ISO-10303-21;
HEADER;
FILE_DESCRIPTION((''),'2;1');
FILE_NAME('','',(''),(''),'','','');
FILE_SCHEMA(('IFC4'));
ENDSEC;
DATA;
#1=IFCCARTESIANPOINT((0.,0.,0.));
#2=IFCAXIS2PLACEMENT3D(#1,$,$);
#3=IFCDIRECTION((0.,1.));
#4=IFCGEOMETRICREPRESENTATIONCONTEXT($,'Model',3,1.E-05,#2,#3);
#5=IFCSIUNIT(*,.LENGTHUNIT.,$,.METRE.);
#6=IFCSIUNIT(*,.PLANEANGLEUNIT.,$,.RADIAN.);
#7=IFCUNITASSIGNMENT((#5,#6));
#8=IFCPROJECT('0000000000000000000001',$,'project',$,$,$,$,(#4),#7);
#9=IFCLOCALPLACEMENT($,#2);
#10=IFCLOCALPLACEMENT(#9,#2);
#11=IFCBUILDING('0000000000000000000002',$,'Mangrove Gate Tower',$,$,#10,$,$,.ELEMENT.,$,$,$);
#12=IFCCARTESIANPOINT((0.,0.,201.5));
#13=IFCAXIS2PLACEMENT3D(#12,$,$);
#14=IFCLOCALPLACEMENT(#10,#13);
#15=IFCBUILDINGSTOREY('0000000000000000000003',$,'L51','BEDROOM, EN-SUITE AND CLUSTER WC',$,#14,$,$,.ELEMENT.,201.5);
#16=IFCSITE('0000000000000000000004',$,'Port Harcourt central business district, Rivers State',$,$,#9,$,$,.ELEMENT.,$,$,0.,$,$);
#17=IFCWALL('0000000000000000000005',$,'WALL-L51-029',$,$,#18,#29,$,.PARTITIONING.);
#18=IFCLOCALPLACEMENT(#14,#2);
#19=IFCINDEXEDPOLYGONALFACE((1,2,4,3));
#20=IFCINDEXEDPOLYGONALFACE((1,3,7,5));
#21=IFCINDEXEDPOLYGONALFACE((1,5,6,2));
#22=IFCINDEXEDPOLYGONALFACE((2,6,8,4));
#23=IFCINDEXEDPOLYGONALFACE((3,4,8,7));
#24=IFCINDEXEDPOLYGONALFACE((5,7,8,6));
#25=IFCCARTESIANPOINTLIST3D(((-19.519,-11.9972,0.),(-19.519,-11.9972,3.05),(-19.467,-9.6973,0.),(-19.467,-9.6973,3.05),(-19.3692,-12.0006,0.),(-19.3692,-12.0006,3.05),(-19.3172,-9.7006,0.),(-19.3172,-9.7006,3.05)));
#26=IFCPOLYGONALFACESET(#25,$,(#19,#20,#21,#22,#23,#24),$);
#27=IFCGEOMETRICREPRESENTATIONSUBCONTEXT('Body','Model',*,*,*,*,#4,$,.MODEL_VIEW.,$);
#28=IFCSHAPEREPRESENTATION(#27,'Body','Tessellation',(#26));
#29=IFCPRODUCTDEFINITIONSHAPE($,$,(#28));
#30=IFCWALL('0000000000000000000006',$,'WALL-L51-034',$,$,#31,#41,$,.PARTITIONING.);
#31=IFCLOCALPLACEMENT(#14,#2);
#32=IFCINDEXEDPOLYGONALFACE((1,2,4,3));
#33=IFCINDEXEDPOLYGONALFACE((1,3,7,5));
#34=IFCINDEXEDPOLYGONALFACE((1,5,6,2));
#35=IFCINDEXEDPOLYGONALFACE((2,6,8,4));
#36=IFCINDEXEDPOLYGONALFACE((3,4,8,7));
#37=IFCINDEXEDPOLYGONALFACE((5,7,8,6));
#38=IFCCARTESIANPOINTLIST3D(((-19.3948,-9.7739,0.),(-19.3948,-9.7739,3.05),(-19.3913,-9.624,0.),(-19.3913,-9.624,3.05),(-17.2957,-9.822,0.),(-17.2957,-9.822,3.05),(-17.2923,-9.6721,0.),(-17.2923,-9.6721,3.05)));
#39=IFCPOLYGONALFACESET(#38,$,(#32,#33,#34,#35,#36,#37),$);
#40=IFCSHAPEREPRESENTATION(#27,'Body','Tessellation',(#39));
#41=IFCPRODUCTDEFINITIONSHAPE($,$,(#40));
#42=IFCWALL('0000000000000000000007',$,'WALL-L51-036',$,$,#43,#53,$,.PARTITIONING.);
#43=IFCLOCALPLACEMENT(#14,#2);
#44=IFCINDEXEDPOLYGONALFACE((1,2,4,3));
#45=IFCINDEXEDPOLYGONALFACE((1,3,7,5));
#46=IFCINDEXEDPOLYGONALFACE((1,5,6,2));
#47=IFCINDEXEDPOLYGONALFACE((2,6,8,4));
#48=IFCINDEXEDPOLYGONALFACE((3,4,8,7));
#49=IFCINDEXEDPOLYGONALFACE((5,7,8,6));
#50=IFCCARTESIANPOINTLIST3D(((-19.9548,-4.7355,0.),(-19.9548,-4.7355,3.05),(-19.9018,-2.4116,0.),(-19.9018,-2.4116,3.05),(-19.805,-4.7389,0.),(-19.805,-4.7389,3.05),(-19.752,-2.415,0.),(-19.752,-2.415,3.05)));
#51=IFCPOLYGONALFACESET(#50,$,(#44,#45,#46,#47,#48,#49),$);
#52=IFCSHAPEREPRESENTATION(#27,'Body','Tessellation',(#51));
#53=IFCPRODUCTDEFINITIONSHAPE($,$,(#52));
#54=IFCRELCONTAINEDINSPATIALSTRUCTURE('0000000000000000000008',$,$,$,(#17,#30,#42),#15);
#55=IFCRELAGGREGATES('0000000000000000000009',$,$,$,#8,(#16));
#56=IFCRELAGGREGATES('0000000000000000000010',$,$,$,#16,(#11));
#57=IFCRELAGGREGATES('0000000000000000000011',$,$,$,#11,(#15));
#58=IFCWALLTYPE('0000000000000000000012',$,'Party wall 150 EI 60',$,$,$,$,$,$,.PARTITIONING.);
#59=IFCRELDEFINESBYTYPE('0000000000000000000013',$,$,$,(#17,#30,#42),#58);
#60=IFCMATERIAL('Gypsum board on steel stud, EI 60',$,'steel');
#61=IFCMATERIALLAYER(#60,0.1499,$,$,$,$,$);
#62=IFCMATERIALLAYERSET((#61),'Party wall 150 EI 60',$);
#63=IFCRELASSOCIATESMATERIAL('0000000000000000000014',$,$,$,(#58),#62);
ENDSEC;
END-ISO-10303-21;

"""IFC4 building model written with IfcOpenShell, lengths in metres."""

from ifc_helpers import new_model, si_unit, direction, frame, frame_2d, origin, place, context, subcontext, project, spatial, rectangle, extrude, material, layer, layer_set, type_object, element, save


model = new_model("IFC4")

# Units and contexts
model_context = context("Model", 3, precision=1e-05, world=origin(), true_north=direction((0.0, 1.0)))
body_context = subcontext(model_context, "Body", "Model", "MODEL_VIEW")
ifc_project = project(units=[si_unit("LENGTHUNIT", "METRE"), si_unit("PLANEANGLEUNIT", "RADIAN")], contexts=[model_context])

# Site, building, storey
site_placement = place(None, origin())
site = spatial("IfcSite", under=ifc_project, at=site_placement, Name="Port Harcourt central business district, Rivers State", CompositionType="ELEMENT", RefElevation=0.0)
building_placement = place(site_placement, origin())
building = spatial("IfcBuilding", under=site, at=building_placement, Name="Mangrove Gate Tower", CompositionType="ELEMENT")
storey_placement = place(building_placement, frame((0.0, 0.0, 201.5)))
storey = spatial("IfcBuildingStorey", under=building, at=storey_placement, Name="L51", Description="BEDROOM, EN-SUITE AND CLUSTER WC", CompositionType="ELEMENT", Elevation=201.5)

# Walls
ifc_material_1 = material(Name="Gypsum board on steel stud, EI 60", Category="steel")
ifc_layer_1 = layer(ifc_material_1, 0.1499)
ifc_layer_set_1 = layer_set([ifc_layer_1], Name="Party wall 150 EI 60")
wall_type_1 = type_object("IfcWallType", Name="Party wall 150 EI 60", PredefinedType="PARTITIONING", material=ifc_layer_set_1)
wall_1_placement = place(storey_placement, frame((-19.4441, -11.999, 0.0), z_axis=(0.0, 0.0, 1.0), x_axis=(0.022603, 0.999745, 0.0)))
element("IfcWall", 1, at=wall_1_placement, inside=storey, type_object=wall_type_1, Name="WALL-L51-029", PredefinedType="PARTITIONING", context=body_context, shape_type="SweptSolid", body=[
    extrude(rectangle(XDim=2.3005, YDim=0.1499, at=frame_2d((1.1504, 0.0))), origin(), (0.0, 0.0, 1.0), 3.05),
])
wall_2_placement = place(storey_placement, frame((-19.3931, -9.699, 0.0), z_axis=(0.0, 0.0, 1.0), x_axis=(0.999738, -0.022906, 0.0)))
element("IfcWall", 2, at=wall_2_placement, inside=storey, type_object=wall_type_1, Name="WALL-L51-034", PredefinedType="PARTITIONING", context=body_context, shape_type="SweptSolid", body=[
    extrude(rectangle(XDim=2.0996, YDim=0.1499, at=frame_2d((1.0498, 0.0))), origin(), (0.0, 0.0, 1.0), 3.05),
])
wall_3_placement = place(storey_placement, frame((-19.8799, -4.7371, 0.0), z_axis=(0.0, 0.0, 1.0), x_axis=(0.022791, 0.99974, 0.0)))
element("IfcWall", 3, at=wall_3_placement, inside=storey, type_object=wall_type_1, Name="WALL-L51-036", PredefinedType="PARTITIONING", context=body_context, shape_type="SweptSolid", body=[
    extrude(rectangle(XDim=2.3245, YDim=0.1499, at=frame_2d((1.1621, 0.0))), origin(), (0.0, 0.0, 1.0), 3.05),
])

save(model, "model.ifc")
